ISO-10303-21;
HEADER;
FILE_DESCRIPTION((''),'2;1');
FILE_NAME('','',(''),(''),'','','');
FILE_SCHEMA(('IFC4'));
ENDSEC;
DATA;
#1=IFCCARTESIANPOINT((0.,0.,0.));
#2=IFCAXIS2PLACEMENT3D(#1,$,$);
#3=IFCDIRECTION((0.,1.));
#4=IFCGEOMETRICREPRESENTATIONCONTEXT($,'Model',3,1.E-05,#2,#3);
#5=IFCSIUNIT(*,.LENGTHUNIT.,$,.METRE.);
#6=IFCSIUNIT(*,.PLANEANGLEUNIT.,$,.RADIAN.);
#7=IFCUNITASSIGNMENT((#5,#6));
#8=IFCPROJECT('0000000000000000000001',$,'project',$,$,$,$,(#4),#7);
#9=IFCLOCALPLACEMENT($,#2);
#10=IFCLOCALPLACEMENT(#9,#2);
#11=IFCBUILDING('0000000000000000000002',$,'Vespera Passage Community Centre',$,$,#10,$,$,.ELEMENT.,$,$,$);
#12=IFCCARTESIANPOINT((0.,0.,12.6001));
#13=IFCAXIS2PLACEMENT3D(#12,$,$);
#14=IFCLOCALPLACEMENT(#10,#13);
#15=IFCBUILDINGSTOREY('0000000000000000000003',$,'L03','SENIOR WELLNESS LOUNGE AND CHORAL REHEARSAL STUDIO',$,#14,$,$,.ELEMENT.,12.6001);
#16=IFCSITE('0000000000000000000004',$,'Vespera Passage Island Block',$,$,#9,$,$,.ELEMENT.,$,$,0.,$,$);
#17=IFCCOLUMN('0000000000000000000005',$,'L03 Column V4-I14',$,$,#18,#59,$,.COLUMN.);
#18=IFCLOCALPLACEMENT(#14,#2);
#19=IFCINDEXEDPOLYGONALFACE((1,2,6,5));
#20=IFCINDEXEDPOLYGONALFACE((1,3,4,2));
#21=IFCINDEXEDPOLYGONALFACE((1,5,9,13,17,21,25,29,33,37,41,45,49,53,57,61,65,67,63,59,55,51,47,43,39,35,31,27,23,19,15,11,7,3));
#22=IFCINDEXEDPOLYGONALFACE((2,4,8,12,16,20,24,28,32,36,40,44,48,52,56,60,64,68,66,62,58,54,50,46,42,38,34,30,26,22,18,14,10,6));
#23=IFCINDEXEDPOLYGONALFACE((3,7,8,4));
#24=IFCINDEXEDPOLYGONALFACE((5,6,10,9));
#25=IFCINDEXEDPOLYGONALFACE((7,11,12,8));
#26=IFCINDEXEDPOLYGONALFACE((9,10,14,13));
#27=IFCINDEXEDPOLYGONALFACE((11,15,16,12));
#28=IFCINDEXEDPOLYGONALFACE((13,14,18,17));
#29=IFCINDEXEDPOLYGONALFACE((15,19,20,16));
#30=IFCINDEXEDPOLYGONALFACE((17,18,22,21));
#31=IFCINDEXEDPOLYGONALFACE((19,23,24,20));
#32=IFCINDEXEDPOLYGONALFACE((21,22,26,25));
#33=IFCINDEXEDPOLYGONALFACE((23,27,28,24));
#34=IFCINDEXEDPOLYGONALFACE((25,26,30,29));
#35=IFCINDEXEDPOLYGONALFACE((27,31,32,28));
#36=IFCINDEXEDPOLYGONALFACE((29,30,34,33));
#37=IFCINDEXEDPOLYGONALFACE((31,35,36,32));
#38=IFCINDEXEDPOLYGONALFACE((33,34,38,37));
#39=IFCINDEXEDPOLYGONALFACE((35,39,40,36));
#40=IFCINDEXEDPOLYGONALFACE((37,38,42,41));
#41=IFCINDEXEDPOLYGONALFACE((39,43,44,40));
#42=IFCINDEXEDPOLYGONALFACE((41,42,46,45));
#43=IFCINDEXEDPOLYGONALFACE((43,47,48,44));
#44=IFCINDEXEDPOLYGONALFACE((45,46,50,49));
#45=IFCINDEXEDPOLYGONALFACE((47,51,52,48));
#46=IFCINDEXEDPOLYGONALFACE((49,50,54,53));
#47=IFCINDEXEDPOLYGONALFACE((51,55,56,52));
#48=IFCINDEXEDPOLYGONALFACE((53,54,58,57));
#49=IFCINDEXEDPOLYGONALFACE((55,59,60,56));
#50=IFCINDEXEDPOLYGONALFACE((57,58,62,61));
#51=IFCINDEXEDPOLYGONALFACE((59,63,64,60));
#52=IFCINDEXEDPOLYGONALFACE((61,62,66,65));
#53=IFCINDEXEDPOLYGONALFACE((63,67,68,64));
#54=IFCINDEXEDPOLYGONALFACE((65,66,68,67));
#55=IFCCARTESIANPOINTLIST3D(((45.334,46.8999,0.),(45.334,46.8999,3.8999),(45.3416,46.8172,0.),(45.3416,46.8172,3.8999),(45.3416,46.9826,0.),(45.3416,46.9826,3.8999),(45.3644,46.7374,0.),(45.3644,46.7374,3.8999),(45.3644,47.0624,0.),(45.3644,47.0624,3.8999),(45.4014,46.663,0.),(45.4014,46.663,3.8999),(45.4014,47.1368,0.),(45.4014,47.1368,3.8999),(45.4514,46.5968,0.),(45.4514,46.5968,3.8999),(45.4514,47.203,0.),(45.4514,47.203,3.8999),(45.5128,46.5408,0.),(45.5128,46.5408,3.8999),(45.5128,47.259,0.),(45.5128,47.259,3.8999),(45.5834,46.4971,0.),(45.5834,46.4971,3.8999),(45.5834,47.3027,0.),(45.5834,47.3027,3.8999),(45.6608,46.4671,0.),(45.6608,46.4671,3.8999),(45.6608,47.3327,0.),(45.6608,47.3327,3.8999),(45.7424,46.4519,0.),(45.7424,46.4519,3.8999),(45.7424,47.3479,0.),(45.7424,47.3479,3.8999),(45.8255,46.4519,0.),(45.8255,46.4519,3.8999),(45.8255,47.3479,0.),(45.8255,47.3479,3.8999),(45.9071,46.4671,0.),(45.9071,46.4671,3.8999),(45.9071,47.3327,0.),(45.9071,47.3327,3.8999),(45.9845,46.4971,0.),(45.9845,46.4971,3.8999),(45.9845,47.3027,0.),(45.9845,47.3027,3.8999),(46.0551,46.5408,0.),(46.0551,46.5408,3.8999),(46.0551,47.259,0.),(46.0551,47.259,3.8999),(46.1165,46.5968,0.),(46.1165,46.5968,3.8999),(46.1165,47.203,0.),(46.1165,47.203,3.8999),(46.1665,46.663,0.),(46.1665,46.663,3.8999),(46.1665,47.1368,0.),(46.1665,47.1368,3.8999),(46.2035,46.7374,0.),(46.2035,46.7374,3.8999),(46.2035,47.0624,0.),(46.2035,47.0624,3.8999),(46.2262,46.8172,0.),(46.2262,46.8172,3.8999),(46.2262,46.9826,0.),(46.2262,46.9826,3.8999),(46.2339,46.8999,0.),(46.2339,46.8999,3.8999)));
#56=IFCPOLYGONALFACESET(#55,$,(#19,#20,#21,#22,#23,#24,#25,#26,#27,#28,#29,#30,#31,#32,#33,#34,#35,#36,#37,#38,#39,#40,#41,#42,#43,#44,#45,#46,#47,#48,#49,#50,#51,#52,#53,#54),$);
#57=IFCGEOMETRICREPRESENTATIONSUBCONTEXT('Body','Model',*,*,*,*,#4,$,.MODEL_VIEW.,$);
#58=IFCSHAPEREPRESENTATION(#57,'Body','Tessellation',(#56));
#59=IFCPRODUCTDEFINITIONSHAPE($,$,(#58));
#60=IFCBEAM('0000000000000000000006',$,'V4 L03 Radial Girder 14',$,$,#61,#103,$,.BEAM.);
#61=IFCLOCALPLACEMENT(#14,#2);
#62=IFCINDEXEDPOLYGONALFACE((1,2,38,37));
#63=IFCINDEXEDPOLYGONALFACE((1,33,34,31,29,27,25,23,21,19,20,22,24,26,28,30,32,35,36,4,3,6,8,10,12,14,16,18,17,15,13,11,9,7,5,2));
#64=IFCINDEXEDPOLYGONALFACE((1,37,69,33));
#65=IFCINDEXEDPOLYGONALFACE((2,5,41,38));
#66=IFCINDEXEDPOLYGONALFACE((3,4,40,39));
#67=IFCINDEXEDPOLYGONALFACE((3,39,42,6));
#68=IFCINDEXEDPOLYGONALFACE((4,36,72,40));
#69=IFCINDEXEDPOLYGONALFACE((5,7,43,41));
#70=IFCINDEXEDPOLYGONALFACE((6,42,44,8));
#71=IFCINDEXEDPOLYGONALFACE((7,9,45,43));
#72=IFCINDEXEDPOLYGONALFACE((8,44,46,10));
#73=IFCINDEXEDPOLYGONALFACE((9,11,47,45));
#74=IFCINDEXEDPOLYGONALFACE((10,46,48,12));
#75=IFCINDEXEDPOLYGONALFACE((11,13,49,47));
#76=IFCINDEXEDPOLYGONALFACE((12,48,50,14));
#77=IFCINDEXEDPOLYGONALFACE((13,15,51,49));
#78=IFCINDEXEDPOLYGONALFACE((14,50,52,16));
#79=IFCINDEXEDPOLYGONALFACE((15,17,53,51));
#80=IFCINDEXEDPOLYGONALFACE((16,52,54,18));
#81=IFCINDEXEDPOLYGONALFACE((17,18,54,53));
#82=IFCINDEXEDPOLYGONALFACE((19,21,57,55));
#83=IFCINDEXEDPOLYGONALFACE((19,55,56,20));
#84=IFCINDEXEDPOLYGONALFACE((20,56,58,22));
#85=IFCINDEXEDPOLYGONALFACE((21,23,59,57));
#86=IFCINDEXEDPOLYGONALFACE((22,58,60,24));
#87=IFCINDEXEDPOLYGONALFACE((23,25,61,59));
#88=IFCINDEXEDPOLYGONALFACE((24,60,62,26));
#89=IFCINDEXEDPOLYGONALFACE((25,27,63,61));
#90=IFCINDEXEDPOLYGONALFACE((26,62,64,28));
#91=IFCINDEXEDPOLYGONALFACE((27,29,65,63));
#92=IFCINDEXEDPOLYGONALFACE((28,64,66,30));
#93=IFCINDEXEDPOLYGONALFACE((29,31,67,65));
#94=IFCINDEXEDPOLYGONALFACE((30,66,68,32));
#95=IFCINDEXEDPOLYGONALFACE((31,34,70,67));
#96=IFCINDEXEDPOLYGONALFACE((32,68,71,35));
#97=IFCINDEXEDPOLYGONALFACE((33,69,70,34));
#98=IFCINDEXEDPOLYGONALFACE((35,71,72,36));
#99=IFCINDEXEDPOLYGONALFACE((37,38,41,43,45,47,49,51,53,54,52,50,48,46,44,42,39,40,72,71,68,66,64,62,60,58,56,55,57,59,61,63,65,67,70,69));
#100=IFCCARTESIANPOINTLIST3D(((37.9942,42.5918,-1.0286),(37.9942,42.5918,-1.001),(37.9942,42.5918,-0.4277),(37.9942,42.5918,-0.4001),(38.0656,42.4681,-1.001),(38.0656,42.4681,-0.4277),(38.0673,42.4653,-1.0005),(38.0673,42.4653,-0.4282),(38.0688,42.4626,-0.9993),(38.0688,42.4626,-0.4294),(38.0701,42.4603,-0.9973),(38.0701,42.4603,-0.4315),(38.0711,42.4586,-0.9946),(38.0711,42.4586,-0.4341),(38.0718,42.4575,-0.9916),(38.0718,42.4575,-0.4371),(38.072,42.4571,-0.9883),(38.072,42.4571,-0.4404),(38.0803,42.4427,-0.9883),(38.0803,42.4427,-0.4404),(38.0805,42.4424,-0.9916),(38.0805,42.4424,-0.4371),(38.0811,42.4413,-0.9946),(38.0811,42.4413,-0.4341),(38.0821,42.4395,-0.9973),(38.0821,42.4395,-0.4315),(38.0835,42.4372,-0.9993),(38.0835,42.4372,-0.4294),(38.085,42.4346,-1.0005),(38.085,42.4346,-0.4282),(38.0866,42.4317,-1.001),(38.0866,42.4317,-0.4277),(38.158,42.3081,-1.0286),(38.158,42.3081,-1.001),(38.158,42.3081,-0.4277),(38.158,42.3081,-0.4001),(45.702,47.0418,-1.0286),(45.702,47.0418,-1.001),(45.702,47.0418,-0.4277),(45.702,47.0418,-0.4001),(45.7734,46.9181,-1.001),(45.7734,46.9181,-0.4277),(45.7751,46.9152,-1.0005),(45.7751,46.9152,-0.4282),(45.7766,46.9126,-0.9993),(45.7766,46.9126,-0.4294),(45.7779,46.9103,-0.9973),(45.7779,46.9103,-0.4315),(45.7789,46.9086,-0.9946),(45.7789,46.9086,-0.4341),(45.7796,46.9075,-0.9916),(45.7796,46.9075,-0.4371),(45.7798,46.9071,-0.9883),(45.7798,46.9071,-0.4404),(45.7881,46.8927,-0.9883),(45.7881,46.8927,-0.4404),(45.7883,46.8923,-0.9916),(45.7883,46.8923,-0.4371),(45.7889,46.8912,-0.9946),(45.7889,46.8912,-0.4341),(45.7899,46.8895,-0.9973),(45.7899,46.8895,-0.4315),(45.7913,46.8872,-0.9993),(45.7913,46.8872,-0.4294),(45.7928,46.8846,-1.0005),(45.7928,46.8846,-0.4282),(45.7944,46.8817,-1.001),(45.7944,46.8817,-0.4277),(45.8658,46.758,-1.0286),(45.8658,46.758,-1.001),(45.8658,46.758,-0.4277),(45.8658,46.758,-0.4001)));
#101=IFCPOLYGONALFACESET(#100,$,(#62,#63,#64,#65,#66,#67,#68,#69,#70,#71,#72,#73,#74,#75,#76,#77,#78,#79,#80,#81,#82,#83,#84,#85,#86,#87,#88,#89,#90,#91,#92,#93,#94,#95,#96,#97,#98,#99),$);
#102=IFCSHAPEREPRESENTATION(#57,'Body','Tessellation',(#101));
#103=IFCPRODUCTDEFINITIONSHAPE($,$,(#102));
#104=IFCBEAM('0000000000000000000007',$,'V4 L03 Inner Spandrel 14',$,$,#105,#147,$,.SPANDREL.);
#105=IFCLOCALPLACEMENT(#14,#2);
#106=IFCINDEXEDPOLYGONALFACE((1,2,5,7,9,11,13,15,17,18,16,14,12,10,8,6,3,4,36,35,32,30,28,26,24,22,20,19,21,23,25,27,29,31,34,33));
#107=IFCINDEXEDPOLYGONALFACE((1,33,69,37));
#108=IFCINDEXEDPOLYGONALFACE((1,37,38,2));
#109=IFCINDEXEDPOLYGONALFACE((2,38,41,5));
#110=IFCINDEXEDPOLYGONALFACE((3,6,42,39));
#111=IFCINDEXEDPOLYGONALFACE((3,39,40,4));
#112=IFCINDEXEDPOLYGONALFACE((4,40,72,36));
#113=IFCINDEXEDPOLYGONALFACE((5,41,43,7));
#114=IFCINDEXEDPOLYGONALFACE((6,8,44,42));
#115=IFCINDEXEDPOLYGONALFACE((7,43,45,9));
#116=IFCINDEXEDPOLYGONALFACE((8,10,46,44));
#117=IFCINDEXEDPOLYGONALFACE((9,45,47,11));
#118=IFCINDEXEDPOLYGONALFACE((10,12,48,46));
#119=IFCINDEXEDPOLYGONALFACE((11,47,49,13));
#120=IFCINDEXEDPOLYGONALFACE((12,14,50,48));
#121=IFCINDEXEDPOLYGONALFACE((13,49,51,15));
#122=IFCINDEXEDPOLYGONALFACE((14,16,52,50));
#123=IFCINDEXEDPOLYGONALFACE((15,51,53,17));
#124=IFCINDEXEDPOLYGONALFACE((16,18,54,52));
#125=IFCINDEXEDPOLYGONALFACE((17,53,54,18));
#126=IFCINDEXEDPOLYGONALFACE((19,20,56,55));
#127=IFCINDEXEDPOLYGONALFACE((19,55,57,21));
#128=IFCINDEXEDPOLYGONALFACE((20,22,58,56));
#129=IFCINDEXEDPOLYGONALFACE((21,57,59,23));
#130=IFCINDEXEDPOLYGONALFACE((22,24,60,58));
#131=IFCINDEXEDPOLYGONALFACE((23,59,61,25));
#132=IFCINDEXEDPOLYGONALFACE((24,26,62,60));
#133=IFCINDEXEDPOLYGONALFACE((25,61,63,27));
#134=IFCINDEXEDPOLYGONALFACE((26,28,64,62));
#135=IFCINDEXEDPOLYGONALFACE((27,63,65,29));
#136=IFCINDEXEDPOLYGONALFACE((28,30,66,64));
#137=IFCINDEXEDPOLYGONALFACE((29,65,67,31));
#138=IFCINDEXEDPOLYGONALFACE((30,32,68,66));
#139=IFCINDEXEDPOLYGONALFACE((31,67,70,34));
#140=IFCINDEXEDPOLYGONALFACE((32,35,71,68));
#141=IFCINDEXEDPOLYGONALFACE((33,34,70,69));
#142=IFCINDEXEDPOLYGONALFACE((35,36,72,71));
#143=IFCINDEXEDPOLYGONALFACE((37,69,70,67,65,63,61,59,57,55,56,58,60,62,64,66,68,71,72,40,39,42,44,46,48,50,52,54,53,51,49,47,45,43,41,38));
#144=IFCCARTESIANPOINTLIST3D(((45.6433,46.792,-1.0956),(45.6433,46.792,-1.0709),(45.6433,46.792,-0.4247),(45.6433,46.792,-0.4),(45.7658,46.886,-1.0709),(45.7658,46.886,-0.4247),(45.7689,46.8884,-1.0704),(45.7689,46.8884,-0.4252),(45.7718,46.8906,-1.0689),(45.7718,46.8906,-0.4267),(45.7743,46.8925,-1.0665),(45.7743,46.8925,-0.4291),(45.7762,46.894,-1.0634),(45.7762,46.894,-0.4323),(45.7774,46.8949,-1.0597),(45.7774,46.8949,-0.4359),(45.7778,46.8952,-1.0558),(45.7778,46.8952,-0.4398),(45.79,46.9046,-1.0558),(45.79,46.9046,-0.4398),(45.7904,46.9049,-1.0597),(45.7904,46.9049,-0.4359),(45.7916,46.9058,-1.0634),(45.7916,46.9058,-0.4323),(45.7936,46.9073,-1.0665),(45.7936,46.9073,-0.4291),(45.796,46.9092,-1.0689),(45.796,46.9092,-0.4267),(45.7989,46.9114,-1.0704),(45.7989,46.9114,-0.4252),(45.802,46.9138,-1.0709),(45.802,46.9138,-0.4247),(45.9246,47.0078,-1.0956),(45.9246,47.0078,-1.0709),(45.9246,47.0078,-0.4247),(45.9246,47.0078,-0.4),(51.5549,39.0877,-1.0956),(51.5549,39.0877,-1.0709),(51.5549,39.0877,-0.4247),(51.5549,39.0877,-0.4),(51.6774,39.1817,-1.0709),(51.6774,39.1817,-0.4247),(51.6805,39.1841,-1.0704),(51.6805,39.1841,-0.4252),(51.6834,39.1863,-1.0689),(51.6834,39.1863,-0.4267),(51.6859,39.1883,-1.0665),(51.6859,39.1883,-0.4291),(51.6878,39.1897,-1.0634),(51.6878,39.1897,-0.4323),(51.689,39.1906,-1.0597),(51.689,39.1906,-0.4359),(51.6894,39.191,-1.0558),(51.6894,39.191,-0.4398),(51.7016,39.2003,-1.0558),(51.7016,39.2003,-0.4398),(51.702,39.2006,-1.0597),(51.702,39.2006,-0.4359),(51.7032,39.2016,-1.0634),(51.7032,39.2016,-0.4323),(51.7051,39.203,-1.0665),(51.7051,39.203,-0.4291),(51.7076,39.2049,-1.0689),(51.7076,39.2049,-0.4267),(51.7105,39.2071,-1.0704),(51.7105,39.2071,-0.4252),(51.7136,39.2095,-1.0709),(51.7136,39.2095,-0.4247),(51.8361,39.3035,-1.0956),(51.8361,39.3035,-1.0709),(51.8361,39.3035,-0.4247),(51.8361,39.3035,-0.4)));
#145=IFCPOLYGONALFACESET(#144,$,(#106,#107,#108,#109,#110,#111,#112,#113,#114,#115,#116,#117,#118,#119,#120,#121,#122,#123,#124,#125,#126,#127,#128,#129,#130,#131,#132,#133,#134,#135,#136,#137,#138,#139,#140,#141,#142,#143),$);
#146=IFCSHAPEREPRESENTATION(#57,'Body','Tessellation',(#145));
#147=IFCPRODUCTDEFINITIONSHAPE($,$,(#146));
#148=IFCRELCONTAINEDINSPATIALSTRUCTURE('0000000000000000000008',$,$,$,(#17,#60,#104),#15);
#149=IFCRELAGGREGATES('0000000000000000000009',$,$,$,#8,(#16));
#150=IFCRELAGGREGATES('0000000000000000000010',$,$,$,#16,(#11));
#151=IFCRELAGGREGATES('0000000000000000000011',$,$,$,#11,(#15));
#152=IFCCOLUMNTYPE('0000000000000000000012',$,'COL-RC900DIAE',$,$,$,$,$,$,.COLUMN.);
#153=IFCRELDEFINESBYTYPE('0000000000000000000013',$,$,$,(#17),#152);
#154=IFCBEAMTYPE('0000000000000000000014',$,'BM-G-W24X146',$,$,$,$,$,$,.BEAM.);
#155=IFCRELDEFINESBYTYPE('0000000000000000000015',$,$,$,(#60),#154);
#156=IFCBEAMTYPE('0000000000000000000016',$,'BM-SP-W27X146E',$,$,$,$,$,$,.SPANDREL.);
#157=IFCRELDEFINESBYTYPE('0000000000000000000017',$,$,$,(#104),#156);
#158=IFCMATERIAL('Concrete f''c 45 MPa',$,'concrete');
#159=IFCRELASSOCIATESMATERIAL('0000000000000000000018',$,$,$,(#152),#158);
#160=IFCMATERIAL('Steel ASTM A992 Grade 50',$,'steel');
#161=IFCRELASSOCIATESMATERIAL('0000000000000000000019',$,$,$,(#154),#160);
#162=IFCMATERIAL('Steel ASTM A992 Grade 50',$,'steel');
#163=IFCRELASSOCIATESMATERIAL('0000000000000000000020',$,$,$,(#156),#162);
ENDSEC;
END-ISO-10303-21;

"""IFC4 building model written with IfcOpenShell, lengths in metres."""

from ifc_helpers import new_model, si_unit, direction, frame, origin, origin_2d, place, context, subcontext, project, spatial, circle, i_section, extrude, material, material_profile, profile_set, type_object, element, save


model = new_model("IFC4")

# Units and contexts
model_context = context("Model", 3, precision=1e-05, world=origin(), true_north=direction((0.0, 1.0)))
body_context = subcontext(model_context, "Body", "Model", "MODEL_VIEW")
ifc_project = project(units=[si_unit("LENGTHUNIT", "METRE"), si_unit("PLANEANGLEUNIT", "RADIAN")], contexts=[model_context])

# Site, building, storey
site_placement = place(None, origin())
site = spatial("IfcSite", under=ifc_project, at=site_placement, Name="Vespera Passage Island Block", CompositionType="ELEMENT", RefElevation=0.0)
building_placement = place(site_placement, origin())
building = spatial("IfcBuilding", under=site, at=building_placement, Name="Vespera Passage Community Centre", CompositionType="ELEMENT")
storey_placement = place(building_placement, frame((0.0, 0.0, 12.6001)))
storey = spatial("IfcBuildingStorey", under=building, at=storey_placement, Name="L03", Description="SENIOR WELLNESS LOUNGE AND CHORAL REHEARSAL STUDIO", CompositionType="ELEMENT", Elevation=12.6001)

# Column
ifc_material_1 = material(Name="Concrete f'c 45 MPa", Category="concrete")
ifc_material_profile_1 = material_profile(ifc_material_1, circle(Radius=0.45, at=origin_2d()), Name="RC900DIA")
ifc_profile_set_1 = profile_set([ifc_material_profile_1], Name="Concrete f'c 45 MPa")
column_type = type_object("IfcColumnType", Name="COL-RC900DIAE", PredefinedType="COLUMN", material=ifc_profile_set_1)
column_placement = place(storey_placement, frame((45.7839, 46.8999, 0.0), z_axis=(0.0, 0.0, 1.0), x_axis=(1.0, 0.0, 0.0)))
element("IfcColumn", 1, at=column_placement, inside=storey, type_object=column_type, Name="L03 Column V4-I14", PredefinedType="COLUMN", context=body_context, shape_type="SweptSolid", body=[
    extrude(circle(Radius=0.45, at=origin_2d()), origin(), (0.0, 0.0, 1.0), 3.8999),
])

# Beams
ifc_material_2 = material(Name="Steel ASTM A992 Grade 50", Category="steel")
ifc_material_profile_2 = material_profile(ifc_material_2, i_section(OverallWidth=0.3276, OverallDepth=0.6284, WebThickness=0.0166, FlangeThickness=0.0276, FilletRadius=0.0127, at=origin_2d()), Name="W24X146")
ifc_profile_set_2 = profile_set([ifc_material_profile_2], Name="Steel ASTM A992 Grade 50")
beam_type_1 = type_object("IfcBeamType", Name="BM-G-W24X146", PredefinedType="BEAM", material=ifc_profile_set_2)
beam_1_placement = place(storey_placement, frame((45.7839, 46.8999, -0.7144), z_axis=(-0.866032, -0.499989, 0.0), x_axis=(0.499989, -0.866032, 0.0)))
element("IfcBeam", 2, at=beam_1_placement, inside=storey, type_object=beam_type_1, Name="V4 L03 Radial Girder 14", PredefinedType="BEAM", context=body_context, shape_type="SweptSolid", body=[
    extrude(i_section(OverallWidth=0.3276, OverallDepth=0.6284, WebThickness=0.0166, FlangeThickness=0.0276, FilletRadius=0.0127, at=origin_2d()), origin(), (0.0, 0.0, 1.0), 8.9001),
])
ifc_material_3 = material(Name="Steel ASTM A992 Grade 50", Category="steel")
ifc_material_profile_3 = material_profile(ifc_material_3, i_section(OverallWidth=0.3545, OverallDepth=0.6956, WebThickness=0.0154, FlangeThickness=0.0247, FilletRadius=0.0151, at=origin_2d()), Name="W27X146")
ifc_profile_set_3 = profile_set([ifc_material_profile_3], Name="Steel ASTM A992 Grade 50")
beam_type_2 = type_object("IfcBeamType", Name="BM-SP-W27X146E", PredefinedType="SPANDREL", material=ifc_profile_set_3)
beam_2_placement = place(storey_placement, frame((45.7839, 46.8999, -0.7478), z_axis=(0.608753, -0.79336, 0.0), x_axis=(0.79336, 0.608753, 0.0)))
element("IfcBeam", 3, at=beam_2_placement, inside=storey, type_object=beam_type_2, Name="V4 L03 Inner Spandrel 14", PredefinedType="SPANDREL", context=body_context, shape_type="SweptSolid", body=[
    extrude(i_section(OverallWidth=0.3545, OverallDepth=0.6956, WebThickness=0.0154, FlangeThickness=0.0247, FilletRadius=0.0151, at=origin_2d()), origin(), (0.0, 0.0, 1.0), 9.7109),
])

save(model, "model.ifc")
